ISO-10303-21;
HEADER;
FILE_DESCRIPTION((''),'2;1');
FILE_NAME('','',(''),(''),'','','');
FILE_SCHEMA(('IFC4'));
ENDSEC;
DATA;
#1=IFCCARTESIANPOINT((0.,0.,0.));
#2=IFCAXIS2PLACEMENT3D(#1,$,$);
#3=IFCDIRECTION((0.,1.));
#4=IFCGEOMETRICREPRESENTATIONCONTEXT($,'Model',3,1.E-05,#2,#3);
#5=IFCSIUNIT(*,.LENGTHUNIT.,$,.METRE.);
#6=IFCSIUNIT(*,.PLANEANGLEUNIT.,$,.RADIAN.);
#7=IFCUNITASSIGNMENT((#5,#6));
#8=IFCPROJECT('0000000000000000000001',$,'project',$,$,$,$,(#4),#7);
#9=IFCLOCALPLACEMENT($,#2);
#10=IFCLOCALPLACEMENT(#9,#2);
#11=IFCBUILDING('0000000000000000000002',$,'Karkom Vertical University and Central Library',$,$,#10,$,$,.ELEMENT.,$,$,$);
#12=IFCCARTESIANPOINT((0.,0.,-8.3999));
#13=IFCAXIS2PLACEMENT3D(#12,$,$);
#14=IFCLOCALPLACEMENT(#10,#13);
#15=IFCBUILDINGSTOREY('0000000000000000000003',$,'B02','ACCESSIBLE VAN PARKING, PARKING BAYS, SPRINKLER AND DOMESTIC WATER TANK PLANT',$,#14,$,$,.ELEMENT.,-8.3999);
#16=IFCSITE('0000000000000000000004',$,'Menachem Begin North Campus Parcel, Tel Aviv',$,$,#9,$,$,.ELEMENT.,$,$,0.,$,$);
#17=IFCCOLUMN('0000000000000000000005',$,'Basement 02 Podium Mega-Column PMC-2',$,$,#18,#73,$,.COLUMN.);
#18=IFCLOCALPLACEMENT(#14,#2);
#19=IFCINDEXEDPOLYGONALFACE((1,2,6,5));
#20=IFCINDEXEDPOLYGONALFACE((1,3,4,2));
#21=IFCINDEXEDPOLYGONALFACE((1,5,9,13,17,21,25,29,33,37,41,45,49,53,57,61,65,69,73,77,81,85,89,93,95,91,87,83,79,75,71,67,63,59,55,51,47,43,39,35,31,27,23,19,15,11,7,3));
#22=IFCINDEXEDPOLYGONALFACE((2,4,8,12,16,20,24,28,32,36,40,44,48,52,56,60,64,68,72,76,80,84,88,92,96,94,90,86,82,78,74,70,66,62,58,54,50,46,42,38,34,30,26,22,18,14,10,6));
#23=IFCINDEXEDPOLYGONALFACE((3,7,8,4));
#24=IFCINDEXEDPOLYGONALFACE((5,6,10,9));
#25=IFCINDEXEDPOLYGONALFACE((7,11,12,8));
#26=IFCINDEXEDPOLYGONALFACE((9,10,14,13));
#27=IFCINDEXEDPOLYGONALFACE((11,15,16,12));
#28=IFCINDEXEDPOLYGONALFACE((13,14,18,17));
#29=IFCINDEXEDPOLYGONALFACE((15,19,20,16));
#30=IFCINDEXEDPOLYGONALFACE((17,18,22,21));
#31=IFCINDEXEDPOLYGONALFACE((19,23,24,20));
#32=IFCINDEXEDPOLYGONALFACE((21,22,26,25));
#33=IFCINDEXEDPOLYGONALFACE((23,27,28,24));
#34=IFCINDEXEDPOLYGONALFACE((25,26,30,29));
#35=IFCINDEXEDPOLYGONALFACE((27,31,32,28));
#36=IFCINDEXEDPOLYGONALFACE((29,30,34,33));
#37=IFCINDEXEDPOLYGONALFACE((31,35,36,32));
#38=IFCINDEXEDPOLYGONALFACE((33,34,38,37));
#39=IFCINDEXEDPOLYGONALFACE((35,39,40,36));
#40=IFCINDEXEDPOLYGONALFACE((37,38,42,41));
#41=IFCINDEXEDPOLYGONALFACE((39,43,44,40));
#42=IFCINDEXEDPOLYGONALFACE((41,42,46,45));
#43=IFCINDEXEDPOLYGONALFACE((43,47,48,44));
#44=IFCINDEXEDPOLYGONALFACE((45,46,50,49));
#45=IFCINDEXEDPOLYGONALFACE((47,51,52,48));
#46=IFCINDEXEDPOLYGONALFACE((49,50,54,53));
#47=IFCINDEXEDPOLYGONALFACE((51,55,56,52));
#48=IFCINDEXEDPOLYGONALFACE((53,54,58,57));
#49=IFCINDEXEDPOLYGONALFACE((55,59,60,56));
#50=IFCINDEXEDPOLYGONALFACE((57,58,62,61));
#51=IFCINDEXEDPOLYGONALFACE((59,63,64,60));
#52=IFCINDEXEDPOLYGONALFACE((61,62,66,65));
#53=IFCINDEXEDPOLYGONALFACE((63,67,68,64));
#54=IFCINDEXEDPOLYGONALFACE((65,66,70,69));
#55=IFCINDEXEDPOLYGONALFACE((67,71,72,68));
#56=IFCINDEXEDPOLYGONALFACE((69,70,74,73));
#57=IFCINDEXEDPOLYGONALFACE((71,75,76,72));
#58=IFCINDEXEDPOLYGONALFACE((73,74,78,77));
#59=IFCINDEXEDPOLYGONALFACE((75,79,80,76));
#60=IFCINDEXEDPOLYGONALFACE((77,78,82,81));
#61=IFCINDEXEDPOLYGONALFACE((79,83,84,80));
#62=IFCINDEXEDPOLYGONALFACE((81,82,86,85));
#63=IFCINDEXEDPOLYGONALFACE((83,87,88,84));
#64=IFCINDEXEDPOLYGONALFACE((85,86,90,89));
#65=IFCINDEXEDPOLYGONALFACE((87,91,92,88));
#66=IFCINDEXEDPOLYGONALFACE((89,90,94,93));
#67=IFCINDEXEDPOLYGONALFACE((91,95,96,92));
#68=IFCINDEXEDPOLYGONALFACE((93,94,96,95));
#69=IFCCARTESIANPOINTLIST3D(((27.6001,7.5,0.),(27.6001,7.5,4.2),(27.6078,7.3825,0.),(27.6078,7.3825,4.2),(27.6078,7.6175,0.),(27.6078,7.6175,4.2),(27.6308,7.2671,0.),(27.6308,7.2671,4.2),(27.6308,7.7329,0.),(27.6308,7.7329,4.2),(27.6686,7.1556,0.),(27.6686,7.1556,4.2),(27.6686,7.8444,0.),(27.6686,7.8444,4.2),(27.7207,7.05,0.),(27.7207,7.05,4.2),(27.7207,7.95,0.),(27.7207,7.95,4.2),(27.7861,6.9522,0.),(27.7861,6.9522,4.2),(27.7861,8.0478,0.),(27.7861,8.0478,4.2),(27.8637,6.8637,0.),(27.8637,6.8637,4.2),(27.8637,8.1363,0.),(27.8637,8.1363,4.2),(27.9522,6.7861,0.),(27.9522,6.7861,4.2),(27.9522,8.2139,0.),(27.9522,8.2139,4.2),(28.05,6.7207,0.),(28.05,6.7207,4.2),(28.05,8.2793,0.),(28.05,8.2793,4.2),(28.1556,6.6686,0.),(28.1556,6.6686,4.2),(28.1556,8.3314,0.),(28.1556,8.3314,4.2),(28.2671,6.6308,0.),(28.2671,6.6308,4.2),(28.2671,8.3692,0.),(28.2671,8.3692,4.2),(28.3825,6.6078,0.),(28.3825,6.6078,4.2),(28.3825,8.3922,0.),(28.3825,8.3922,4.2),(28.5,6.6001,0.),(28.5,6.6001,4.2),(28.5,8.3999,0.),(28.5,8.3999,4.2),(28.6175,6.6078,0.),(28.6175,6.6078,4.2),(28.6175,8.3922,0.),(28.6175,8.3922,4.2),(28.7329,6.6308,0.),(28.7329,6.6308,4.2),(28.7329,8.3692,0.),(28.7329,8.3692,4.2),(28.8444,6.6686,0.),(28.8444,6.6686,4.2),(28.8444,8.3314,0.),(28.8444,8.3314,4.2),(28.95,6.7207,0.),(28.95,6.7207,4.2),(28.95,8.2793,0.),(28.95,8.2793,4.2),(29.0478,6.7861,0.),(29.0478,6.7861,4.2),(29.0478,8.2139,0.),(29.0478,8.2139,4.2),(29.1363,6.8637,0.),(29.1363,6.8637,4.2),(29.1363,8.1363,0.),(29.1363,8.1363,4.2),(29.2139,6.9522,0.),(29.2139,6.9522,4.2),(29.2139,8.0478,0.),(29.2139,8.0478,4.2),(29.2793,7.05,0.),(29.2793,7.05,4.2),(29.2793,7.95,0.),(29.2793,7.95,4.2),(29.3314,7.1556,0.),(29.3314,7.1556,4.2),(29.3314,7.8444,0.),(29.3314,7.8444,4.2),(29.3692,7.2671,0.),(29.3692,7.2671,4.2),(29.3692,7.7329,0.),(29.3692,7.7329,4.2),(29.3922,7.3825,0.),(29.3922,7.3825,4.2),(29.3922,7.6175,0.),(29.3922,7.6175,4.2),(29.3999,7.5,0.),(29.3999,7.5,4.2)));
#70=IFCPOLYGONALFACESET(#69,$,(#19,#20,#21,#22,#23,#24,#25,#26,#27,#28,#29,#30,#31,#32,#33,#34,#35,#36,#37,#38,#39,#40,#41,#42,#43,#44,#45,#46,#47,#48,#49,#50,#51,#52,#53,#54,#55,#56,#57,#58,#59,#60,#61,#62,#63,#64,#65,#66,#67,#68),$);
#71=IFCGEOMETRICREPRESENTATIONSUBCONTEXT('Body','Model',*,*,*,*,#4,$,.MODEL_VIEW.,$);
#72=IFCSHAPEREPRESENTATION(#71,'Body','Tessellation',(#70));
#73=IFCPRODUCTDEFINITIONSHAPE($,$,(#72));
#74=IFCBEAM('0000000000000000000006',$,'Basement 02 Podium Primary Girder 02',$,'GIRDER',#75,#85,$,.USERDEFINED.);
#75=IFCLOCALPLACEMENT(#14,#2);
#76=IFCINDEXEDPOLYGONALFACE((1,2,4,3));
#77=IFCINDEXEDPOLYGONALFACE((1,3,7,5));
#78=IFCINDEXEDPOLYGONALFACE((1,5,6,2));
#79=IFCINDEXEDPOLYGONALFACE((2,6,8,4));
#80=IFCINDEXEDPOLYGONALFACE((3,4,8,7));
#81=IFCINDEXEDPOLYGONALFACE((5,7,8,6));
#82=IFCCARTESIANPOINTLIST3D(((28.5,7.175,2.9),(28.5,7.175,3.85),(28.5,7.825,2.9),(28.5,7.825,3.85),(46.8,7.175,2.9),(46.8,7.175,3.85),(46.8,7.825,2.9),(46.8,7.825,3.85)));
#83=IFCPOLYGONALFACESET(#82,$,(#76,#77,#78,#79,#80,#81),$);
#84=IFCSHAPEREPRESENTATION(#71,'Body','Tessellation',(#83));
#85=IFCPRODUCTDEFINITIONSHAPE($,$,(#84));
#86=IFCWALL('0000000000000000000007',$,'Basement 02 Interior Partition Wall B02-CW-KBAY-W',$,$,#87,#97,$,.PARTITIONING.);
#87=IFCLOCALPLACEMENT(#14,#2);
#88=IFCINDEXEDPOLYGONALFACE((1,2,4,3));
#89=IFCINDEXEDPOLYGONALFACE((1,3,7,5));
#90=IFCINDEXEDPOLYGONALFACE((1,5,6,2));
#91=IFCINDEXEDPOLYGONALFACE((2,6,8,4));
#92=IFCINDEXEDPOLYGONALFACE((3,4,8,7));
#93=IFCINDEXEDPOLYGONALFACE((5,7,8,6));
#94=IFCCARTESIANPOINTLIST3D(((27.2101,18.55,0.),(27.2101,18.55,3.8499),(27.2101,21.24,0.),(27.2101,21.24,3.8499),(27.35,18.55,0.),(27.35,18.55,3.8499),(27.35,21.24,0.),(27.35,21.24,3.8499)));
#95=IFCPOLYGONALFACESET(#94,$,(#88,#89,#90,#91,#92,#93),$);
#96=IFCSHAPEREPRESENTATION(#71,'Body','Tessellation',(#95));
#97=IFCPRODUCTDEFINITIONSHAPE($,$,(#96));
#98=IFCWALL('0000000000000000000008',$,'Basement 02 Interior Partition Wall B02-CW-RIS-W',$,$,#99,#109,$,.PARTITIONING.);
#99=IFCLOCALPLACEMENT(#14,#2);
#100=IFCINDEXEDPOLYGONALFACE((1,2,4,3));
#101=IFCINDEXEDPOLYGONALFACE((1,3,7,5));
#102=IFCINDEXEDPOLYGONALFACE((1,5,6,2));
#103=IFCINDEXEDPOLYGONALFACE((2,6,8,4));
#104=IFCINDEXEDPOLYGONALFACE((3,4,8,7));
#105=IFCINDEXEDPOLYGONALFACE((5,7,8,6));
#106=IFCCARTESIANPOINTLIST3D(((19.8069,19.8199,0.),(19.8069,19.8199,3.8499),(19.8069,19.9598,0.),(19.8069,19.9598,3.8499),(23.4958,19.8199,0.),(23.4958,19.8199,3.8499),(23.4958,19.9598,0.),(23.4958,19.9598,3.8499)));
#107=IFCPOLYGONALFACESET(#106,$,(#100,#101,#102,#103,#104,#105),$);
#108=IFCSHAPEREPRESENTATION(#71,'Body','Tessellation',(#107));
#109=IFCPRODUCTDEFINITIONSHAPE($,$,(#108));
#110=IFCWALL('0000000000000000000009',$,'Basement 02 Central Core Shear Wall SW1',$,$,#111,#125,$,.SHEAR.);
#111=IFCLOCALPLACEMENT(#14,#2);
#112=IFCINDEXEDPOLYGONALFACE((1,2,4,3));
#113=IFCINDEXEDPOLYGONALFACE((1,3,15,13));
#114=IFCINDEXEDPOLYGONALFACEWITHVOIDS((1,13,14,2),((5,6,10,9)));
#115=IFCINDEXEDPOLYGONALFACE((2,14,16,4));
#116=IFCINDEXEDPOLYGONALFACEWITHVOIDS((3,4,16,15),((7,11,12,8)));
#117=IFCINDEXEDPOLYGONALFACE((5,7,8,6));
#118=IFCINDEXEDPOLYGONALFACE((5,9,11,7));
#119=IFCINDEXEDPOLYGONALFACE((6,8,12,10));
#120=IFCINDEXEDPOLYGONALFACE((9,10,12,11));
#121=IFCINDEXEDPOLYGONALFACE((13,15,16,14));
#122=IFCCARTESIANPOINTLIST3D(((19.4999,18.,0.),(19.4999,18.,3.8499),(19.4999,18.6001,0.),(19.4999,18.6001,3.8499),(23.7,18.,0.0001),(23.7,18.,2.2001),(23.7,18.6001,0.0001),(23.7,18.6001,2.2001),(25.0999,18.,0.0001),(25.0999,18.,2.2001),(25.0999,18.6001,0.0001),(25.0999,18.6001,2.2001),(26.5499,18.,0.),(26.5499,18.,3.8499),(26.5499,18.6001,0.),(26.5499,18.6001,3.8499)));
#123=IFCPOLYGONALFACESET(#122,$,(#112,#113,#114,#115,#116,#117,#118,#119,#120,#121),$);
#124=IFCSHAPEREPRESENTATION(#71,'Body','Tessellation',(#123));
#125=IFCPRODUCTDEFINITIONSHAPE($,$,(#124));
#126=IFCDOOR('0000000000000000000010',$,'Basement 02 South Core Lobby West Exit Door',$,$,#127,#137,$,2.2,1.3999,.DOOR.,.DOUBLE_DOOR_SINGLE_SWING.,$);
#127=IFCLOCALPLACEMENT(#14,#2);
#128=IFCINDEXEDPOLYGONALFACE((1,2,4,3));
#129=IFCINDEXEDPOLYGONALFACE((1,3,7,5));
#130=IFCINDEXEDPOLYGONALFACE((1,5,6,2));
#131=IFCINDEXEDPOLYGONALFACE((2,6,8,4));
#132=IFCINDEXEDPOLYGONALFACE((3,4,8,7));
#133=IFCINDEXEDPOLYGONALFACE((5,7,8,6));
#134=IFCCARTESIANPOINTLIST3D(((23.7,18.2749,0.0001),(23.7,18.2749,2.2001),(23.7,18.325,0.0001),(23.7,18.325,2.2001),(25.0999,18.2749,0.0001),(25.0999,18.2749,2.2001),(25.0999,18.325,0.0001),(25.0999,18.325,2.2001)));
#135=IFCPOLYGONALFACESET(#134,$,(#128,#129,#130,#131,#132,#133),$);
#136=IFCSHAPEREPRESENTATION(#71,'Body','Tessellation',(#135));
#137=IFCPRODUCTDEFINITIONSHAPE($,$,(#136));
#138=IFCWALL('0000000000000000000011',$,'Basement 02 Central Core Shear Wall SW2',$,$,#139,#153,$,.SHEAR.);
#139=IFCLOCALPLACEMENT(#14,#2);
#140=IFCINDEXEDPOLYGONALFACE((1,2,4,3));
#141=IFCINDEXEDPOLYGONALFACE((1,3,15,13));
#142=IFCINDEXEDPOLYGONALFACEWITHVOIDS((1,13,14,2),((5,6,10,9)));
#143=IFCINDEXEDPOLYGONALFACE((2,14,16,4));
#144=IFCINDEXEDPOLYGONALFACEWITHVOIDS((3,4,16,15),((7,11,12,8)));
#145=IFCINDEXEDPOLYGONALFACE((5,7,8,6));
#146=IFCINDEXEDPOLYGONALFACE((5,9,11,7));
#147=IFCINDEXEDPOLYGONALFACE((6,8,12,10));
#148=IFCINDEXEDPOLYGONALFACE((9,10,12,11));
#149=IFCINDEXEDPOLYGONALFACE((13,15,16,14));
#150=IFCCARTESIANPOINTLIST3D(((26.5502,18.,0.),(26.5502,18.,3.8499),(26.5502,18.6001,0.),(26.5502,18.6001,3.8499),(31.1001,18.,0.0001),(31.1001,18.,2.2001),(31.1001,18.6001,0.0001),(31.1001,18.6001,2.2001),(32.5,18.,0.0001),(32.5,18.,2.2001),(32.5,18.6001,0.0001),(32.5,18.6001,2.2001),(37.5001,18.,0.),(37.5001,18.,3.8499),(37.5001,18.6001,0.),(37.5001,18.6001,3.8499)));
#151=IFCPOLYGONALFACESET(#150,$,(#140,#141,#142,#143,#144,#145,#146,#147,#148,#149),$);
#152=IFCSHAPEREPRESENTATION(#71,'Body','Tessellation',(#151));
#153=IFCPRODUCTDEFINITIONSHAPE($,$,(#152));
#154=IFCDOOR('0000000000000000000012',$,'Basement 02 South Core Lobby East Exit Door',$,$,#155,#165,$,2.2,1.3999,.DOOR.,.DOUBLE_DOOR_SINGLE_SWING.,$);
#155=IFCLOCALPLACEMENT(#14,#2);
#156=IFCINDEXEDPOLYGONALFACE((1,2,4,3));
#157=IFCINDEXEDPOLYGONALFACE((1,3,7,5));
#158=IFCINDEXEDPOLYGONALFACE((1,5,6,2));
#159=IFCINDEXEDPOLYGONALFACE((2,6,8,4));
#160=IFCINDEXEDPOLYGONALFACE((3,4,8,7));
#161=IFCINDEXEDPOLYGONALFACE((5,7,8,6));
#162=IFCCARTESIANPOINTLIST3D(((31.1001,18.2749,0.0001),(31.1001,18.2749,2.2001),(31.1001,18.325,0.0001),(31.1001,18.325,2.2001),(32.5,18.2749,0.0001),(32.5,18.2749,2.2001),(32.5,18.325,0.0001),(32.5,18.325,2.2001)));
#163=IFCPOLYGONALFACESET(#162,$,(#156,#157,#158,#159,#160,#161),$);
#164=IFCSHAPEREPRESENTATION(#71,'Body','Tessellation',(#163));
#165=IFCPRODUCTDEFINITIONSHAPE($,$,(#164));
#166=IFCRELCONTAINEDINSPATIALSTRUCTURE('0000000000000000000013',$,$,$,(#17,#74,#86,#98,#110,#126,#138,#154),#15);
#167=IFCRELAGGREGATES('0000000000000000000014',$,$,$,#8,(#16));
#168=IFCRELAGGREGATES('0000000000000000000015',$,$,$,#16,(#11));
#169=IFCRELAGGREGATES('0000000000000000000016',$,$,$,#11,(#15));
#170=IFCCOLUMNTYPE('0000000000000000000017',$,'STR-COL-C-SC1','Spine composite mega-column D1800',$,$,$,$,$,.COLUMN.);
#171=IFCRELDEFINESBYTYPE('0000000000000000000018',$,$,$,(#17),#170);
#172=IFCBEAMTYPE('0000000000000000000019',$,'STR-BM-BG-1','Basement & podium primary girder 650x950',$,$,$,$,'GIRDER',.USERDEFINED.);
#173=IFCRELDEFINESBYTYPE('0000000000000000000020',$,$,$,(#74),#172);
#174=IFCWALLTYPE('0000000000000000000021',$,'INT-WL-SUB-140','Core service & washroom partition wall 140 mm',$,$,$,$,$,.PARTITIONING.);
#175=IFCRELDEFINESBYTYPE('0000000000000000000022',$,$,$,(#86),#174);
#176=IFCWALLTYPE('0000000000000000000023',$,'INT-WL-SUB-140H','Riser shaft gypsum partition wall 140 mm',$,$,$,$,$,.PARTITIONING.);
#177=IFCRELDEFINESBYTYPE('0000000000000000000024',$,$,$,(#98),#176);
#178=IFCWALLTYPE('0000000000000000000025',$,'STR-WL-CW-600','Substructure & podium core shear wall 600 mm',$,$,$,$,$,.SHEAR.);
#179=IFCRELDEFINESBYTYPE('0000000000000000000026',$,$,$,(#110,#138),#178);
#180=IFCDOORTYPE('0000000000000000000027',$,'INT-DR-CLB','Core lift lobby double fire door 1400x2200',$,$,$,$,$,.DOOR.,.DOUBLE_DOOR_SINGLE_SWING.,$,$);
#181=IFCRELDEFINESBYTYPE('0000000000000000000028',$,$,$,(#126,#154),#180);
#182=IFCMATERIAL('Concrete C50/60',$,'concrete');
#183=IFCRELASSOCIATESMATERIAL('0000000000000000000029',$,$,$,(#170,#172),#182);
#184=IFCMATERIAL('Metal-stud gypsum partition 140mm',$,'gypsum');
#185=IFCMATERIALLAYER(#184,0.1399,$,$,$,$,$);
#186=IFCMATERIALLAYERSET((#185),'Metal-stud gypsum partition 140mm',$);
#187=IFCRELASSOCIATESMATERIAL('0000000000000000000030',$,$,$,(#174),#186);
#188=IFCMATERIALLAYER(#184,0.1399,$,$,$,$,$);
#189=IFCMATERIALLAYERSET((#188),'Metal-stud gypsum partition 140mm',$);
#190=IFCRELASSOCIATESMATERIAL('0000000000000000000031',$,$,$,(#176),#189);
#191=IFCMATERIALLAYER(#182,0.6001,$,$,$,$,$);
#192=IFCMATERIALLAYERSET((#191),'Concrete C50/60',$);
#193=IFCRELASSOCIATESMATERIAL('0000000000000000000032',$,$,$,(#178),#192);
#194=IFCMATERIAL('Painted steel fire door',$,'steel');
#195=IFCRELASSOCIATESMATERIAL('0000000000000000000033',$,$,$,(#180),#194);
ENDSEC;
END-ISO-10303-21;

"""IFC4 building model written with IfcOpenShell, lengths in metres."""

from ifc_helpers import new_model, si_unit, direction, frame, frame_2d, origin, origin_with_axes, origin_2d, place, context, subcontext, project, spatial, rectangle, circle, extrude, source, transform, mapped, material, layer, layer_set, material_profile, profile_set, type_object, element, fill, save


model = new_model("IFC4")

# Units and contexts
model_context = context("Model", 3, precision=1e-05, world=origin(), true_north=direction((0.0, 1.0)))
body_context = subcontext(model_context, "Body", "Model", "MODEL_VIEW")
ifc_project = project(units=[si_unit("LENGTHUNIT", "METRE"), si_unit("PLANEANGLEUNIT", "RADIAN")], contexts=[model_context])

# Site, building, storey
site_placement = place(None, origin())
site = spatial("IfcSite", under=ifc_project, at=site_placement, Name="Menachem Begin North Campus Parcel, Tel Aviv", CompositionType="ELEMENT", RefElevation=0.0)
building_placement = place(site_placement, origin())
building = spatial("IfcBuilding", under=site, at=building_placement, Name="Karkom Vertical University and Central Library", CompositionType="ELEMENT")
storey_placement = place(building_placement, frame((0.0, 0.0, -8.3999)))
storey = spatial("IfcBuildingStorey", under=building, at=storey_placement, Name="B02", Description="ACCESSIBLE VAN PARKING, PARKING BAYS, SPRINKLER AND DOMESTIC WATER TANK PLANT", CompositionType="ELEMENT", Elevation=-8.3999)

# Column
ifc_material_1 = material(Name="Concrete C50/60", Category="concrete")
ifc_material_profile_1 = material_profile(ifc_material_1, circle(Radius=0.8999, at=origin_2d()), Name="CFT-D1800")
ifc_profile_set_1 = profile_set([ifc_material_profile_1], Name="Concrete C50/60")
column_type_1 = type_object("IfcColumnType", Name="STR-COL-C-SC1", Description="Spine composite mega-column D1800", PredefinedType="COLUMN", material=ifc_profile_set_1)
shared_shape_1 = source(origin_with_axes(), body_context, "Body", "SweptSolid", [
    extrude(circle(Radius=0.8999, at=origin_2d()), origin(), (0.0, 0.0, 1.0), 4.2),
])
for number, where, z_axis, x_axis, name in (
    (1, (28.5, 7.5, 0.0), (0.0, 0.0, 1.0), (1.0, 0.0, 0.0), "Basement 02 Podium Mega-Column PMC-2"),
):
    element("IfcColumn", number, at=place(storey_placement, frame(where, z_axis=z_axis, x_axis=x_axis)), inside=storey, type_object=column_type_1, Name=name, PredefinedType="COLUMN", context=body_context, shape_type="MappedRepresentation", body=[
        mapped(shared_shape_1, transform((0.0, 0.0, 0.0), scale=1.0)),
    ])

# Beam
ifc_material_profile_2 = material_profile(ifc_material_1, rectangle(XDim=0.6499, YDim=0.95, at=origin_2d()), Name="RCG-650x950")
ifc_profile_set_2 = profile_set([ifc_material_profile_2], Name="Concrete C50/60")
beam_type = type_object("IfcBeamType", Name="STR-BM-BG-1", Description="Basement & podium primary girder 650x950", ElementType="GIRDER", PredefinedType="USERDEFINED", material=ifc_profile_set_2)
shared_shape_2 = source(origin_with_axes(), body_context, "Body", "SweptSolid", [
    extrude(rectangle(XDim=0.6499, YDim=0.95, at=origin_2d()), origin(), (0.0, 0.0, 1.0), 18.3),
])
beam_placement = place(storey_placement, frame((28.5, 7.5, 3.375), z_axis=(1.0, 0.0, 0.0), x_axis=(0.0, 1.0, 0.0)))
element("IfcBeam", 2, at=beam_placement, inside=storey, type_object=beam_type, Name="Basement 02 Podium Primary Girder 02", ObjectType="GIRDER", PredefinedType="USERDEFINED", context=body_context, shape_type="MappedRepresentation", body=[
    mapped(shared_shape_2, transform((0.0, 0.0, 0.0), scale=1.0)),
])

# Walls
ifc_material_2 = material(Name="Metal-stud gypsum partition 140mm", Category="gypsum")
ifc_layer_1 = layer(ifc_material_2, 0.1399)
ifc_layer_set_1 = layer_set([ifc_layer_1], Name="Metal-stud gypsum partition 140mm")
wall_type_1 = type_object("IfcWallType", Name="INT-WL-SUB-140", Description="Core service & washroom partition wall 140 mm", PredefinedType="PARTITIONING", material=ifc_layer_set_1)
wall_1_placement = place(storey_placement, frame((27.28, 18.55, 0.0), z_axis=(0.0, 0.0, 1.0), x_axis=(0.0, 1.0, 0.0)))
element("IfcWall", 3, at=wall_1_placement, inside=storey, type_object=wall_type_1, Name="Basement 02 Interior Partition Wall B02-CW-KBAY-W", PredefinedType="PARTITIONING", context=body_context, shape_type="SweptSolid", body=[
    extrude(rectangle(XDim=2.6899, YDim=0.1399, at=frame_2d((1.345, 0.0))), origin(), (0.0, 0.0, 1.0), 3.8499),
])
ifc_layer_2 = layer(ifc_material_2, 0.1399)
ifc_layer_set_2 = layer_set([ifc_layer_2], Name="Metal-stud gypsum partition 140mm")
wall_type_2 = type_object("IfcWallType", Name="INT-WL-SUB-140H", Description="Riser shaft gypsum partition wall 140 mm", PredefinedType="PARTITIONING", material=ifc_layer_set_2)
wall_2_placement = place(storey_placement, frame((19.8069, 19.8899, 0.0), z_axis=(0.0, 0.0, 1.0), x_axis=(1.0, 0.0, 0.0)))
element("IfcWall", 4, at=wall_2_placement, inside=storey, type_object=wall_type_2, Name="Basement 02 Interior Partition Wall B02-CW-RIS-W", PredefinedType="PARTITIONING", context=body_context, shape_type="SweptSolid", body=[
    extrude(rectangle(XDim=3.689, YDim=0.1399, at=frame_2d((1.8445, 0.0))), origin(), (0.0, 0.0, 1.0), 3.8499),
])

# Walls, openings, doors
ifc_layer_3 = layer(ifc_material_1, 0.6001)
ifc_layer_set_3 = layer_set([ifc_layer_3], Name="Concrete C50/60")
wall_type_3 = type_object("IfcWallType", Name="STR-WL-CW-600", Description="Substructure & podium core shear wall 600 mm", PredefinedType="SHEAR", material=ifc_layer_set_3)
wall_3_placement = place(storey_placement, frame((19.5, 18.3, 0.0), z_axis=(0.0, 0.0, 1.0), x_axis=(1.0, 0.0, 0.0)))
wall_3 = element("IfcWall", 5, at=wall_3_placement, inside=storey, type_object=wall_type_3, Name="Basement 02 Central Core Shear Wall SW1", PredefinedType="SHEAR", context=body_context, shape_type="SweptSolid", body=[
    extrude(rectangle(XDim=7.05, YDim=0.6001, at=frame_2d((3.5249, 0.0))), origin(), (0.0, 0.0, 1.0), 3.8499),
])
opening_1_placement = place(wall_3_placement, frame((4.2, 0.0, 0.0)))
opening_1 = element("IfcOpeningElement", 6, at=opening_1_placement, cuts=wall_3, PredefinedType="OPENING", context=body_context, shape_type="SweptSolid", body=[
    extrude(rectangle(XDim=1.3999, YDim=2.2, at=frame_2d((0.7, 1.1001))), frame((0.0, 0.3101, 0.0), z_axis=(0.0, -1.0, 0.0), x_axis=(1.0, 0.0, 0.0)), (0.0, 0.0, 1.0), 0.6201),
])
ifc_material_3 = material(Name="Painted steel fire door", Category="steel")
door_type_1 = type_object("IfcDoorType", Name="INT-DR-CLB", Description="Core lift lobby double fire door 1400x2200", OperationType="DOUBLE_DOOR_SINGLE_SWING", PredefinedType="DOOR", material=ifc_material_3)
shared_shape_3 = source(origin_with_axes(), body_context, "Body", "SweptSolid", [
    extrude(rectangle(XDim=1.3999, YDim=2.2, at=frame_2d((0.7, 1.1001))), frame((0.0, 0.0249, 0.0), z_axis=(0.0, -1.0, 0.0), x_axis=(1.0, 0.0, 0.0)), (0.0, 0.0, 1.0), 0.05),
])
door_1_placement = place(opening_1_placement, origin())
door_1 = element("IfcDoor", 7, at=door_1_placement, inside=storey, type_object=door_type_1, Name="Basement 02 South Core Lobby West Exit Door", OperationType="DOUBLE_DOOR_SINGLE_SWING", OverallHeight=2.2, OverallWidth=1.3999, PredefinedType="DOOR", context=body_context, shape_type="MappedRepresentation", body=[
    mapped(shared_shape_3, transform((0.0, 0.0, 0.0), scale=1.0)),
])
fill(opening_1, door_1)
wall_4_placement = place(storey_placement, frame((26.55, 18.3, 0.0), z_axis=(0.0, 0.0, 1.0), x_axis=(1.0, 0.0, 0.0)))
wall_4 = element("IfcWall", 8, at=wall_4_placement, inside=storey, type_object=wall_type_3, Name="Basement 02 Central Core Shear Wall SW2", PredefinedType="SHEAR", context=body_context, shape_type="SweptSolid", body=[
    extrude(rectangle(XDim=10.95, YDim=0.6001, at=frame_2d((5.4751, 0.0))), origin(), (0.0, 0.0, 1.0), 3.8499),
])
opening_2_placement = place(wall_4_placement, frame((4.55, 0.0, 0.0)))
opening_2 = element("IfcOpeningElement", 9, at=opening_2_placement, cuts=wall_4, PredefinedType="OPENING", context=body_context, shape_type="SweptSolid", body=[
    extrude(rectangle(XDim=1.3999, YDim=2.2, at=frame_2d((0.7, 1.1001))), frame((0.0, 0.3101, 0.0), z_axis=(0.0, -1.0, 0.0), x_axis=(1.0, 0.0, 0.0)), (0.0, 0.0, 1.0), 0.6201),
])
door_2_placement = place(opening_2_placement, origin())
door_2 = element("IfcDoor", 10, at=door_2_placement, inside=storey, type_object=door_type_1, Name="Basement 02 South Core Lobby East Exit Door", OperationType="DOUBLE_DOOR_SINGLE_SWING", OverallHeight=2.2, OverallWidth=1.3999, PredefinedType="DOOR", context=body_context, shape_type="MappedRepresentation", body=[
    mapped(shared_shape_3, transform((0.0, 0.0, 0.0), scale=1.0)),
])
fill(opening_2, door_2)

save(model, "model.ifc")
